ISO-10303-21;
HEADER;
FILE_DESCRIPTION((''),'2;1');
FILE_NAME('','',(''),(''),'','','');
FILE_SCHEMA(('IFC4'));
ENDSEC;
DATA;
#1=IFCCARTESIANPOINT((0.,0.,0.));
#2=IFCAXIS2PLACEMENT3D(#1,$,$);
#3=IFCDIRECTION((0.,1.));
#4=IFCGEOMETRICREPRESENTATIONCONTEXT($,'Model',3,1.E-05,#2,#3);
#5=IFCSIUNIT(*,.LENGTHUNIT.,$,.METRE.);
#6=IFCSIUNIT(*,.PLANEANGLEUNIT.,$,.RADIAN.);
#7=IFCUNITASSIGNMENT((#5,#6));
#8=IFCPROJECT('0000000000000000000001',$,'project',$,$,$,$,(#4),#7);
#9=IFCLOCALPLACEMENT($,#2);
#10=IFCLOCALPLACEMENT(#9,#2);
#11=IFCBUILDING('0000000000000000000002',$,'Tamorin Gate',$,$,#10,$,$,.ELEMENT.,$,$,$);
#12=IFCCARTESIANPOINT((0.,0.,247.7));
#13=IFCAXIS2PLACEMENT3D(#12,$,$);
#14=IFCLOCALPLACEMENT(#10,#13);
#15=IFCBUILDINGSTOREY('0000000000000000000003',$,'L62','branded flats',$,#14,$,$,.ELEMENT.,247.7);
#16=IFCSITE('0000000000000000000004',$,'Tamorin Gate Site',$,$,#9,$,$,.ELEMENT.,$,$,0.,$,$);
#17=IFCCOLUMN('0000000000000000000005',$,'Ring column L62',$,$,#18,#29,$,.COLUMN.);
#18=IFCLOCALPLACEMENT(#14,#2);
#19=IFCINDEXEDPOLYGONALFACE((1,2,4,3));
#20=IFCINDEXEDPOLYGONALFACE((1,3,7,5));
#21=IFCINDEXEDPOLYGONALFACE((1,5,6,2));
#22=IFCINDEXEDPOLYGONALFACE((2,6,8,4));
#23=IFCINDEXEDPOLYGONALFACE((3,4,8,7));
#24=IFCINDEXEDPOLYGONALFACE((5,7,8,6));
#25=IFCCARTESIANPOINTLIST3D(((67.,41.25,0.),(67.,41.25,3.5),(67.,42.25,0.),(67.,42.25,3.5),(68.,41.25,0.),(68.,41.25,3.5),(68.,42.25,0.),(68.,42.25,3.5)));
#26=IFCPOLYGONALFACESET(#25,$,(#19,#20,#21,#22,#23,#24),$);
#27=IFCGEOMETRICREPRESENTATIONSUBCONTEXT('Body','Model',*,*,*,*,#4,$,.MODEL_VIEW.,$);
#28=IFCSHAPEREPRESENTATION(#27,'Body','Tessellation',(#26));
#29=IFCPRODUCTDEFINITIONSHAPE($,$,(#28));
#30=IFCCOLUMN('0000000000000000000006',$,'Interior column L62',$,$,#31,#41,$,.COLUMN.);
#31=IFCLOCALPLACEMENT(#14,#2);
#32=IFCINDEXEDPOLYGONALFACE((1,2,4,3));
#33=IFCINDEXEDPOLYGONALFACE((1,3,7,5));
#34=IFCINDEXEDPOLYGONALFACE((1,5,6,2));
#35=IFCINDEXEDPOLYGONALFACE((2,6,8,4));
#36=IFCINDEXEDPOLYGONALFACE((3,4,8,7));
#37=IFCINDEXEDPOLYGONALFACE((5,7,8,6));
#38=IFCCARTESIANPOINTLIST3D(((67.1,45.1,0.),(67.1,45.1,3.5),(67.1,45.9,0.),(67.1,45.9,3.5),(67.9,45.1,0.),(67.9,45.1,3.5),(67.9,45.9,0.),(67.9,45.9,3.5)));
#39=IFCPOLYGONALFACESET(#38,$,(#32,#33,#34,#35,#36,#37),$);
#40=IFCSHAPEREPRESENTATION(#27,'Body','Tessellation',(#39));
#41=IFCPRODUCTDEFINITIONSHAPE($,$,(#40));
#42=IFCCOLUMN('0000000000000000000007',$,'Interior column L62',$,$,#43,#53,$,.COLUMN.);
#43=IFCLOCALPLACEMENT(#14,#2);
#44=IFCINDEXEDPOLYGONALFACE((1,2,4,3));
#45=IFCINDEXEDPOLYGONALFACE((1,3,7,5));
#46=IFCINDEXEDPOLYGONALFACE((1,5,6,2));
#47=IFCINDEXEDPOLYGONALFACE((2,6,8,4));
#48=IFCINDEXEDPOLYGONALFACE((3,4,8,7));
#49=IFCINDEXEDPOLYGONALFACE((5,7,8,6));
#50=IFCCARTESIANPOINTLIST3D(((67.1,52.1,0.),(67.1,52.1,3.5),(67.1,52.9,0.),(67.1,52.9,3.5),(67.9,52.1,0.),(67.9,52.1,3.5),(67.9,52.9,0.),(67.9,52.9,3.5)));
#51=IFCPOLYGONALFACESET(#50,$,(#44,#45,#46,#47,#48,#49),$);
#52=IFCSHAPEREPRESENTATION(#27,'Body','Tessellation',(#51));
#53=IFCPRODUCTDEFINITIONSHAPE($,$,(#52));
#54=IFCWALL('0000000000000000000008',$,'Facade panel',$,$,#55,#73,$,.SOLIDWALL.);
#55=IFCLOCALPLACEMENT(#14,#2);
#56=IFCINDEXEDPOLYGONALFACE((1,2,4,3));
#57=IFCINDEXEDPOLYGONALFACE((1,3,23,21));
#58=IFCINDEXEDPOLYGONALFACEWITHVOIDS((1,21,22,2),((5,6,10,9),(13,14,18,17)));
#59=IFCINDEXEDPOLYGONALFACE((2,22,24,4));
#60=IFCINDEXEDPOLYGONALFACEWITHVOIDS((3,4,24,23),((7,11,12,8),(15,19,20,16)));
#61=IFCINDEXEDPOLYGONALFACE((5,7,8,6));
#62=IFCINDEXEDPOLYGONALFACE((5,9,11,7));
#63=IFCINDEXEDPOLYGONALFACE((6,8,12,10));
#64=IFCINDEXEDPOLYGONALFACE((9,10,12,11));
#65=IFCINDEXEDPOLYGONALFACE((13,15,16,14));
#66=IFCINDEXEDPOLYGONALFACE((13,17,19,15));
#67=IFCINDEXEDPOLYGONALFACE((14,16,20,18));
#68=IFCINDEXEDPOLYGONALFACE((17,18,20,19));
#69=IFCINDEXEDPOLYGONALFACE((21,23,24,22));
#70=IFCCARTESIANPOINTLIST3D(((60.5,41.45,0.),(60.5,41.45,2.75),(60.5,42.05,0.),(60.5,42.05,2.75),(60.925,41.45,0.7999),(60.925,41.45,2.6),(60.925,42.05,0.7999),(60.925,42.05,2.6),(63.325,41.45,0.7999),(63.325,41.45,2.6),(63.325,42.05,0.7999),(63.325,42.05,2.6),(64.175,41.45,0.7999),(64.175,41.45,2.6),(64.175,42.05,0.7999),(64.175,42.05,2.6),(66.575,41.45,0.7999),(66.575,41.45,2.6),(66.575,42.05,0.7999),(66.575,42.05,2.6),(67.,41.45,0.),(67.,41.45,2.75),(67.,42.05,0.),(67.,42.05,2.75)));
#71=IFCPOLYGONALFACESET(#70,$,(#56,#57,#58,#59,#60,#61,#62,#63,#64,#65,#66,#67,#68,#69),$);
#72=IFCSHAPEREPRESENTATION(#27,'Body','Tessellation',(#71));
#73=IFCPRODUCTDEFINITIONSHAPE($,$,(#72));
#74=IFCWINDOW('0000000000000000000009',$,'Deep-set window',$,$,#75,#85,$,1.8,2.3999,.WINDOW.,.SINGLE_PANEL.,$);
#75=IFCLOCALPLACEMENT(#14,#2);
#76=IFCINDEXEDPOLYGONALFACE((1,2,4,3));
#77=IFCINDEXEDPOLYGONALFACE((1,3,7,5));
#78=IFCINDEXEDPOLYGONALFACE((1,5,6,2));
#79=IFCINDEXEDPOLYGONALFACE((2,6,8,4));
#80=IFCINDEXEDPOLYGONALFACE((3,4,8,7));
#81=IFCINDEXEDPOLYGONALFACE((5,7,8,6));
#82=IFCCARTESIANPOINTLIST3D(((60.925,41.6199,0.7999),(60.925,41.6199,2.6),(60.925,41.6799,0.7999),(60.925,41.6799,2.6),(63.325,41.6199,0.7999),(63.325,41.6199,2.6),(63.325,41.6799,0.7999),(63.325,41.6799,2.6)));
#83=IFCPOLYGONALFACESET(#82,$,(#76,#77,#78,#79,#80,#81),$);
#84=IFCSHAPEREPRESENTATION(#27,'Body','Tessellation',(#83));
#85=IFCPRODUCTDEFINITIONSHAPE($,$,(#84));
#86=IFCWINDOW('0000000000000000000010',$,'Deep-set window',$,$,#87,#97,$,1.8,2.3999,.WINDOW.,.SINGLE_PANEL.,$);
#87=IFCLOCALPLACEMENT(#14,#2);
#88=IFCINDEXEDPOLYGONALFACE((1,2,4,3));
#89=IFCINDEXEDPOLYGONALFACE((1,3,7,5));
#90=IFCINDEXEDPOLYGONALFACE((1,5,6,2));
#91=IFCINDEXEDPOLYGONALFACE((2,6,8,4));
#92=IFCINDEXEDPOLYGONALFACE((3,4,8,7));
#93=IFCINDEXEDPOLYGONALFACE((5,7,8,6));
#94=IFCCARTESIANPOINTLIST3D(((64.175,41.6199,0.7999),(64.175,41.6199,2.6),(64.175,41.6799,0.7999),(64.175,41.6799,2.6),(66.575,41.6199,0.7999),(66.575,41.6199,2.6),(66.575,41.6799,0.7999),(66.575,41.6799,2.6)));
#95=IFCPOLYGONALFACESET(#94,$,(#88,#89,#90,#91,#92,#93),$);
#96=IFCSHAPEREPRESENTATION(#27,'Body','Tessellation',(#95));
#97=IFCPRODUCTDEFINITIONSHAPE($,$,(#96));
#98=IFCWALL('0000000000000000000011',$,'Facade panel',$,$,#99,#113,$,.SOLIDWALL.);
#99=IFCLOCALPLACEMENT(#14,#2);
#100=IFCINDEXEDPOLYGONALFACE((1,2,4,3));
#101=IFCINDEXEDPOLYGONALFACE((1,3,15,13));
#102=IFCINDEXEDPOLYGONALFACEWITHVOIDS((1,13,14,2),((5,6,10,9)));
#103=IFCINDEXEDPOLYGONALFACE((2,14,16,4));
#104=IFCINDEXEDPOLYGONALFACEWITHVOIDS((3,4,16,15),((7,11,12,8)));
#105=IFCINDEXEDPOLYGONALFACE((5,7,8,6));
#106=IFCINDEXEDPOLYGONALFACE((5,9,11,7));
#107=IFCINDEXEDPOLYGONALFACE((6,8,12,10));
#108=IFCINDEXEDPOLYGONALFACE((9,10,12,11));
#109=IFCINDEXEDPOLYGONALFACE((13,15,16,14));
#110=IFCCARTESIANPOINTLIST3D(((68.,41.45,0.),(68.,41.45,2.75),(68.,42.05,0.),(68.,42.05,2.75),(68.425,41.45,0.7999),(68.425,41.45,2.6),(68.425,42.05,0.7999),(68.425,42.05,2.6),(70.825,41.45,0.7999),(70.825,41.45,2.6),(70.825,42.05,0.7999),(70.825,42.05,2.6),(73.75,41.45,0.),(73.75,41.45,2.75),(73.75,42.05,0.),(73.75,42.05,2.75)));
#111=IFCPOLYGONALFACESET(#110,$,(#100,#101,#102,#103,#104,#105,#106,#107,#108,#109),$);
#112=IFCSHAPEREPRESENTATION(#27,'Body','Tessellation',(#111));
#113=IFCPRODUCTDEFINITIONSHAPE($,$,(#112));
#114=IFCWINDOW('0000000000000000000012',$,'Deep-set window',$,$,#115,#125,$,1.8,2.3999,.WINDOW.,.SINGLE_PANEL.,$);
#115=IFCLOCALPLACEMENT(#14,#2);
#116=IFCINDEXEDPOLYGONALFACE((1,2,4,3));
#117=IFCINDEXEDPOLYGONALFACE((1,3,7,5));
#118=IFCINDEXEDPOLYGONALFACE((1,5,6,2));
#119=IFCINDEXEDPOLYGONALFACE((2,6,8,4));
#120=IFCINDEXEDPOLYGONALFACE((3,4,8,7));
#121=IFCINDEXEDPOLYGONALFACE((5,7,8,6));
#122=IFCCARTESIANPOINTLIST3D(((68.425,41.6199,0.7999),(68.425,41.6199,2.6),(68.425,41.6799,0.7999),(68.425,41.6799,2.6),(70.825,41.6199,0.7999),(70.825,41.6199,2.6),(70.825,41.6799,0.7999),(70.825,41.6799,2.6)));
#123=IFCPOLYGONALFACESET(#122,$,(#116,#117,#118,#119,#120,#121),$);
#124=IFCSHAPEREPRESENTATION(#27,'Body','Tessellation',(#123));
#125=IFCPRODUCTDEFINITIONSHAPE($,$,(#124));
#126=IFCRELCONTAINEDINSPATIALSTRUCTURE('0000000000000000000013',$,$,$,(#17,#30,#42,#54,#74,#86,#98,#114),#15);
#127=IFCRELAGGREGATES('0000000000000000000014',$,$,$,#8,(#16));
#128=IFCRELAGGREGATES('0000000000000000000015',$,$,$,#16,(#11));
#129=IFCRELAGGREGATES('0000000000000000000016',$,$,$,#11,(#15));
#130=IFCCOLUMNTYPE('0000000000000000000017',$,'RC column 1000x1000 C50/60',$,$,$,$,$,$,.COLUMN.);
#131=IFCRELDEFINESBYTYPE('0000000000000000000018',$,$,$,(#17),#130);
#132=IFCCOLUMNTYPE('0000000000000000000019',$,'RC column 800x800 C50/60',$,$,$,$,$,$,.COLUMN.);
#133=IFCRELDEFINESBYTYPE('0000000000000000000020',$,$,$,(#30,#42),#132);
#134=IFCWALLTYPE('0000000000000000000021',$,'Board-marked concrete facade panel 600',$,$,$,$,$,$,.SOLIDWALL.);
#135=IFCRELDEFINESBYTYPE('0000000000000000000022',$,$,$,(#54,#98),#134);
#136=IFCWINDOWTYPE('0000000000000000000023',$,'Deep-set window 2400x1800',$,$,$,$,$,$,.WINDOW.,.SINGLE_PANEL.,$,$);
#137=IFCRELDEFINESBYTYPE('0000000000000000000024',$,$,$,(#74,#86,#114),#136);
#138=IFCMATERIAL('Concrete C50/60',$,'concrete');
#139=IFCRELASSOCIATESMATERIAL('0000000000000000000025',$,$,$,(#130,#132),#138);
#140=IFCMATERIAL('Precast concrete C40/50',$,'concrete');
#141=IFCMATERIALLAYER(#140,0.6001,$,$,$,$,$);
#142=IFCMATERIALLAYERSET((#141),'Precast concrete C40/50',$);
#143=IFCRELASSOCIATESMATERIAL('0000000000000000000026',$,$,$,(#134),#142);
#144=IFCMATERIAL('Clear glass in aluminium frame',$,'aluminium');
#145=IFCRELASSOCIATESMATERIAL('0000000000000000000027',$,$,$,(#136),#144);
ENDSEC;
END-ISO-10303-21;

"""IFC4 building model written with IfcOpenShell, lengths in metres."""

from ifc_helpers import new_model, si_unit, direction, frame, frame_2d, origin, origin_2d, place, context, subcontext, project, spatial, rectangle, extrude, material, layer, layer_set, material_profile, profile_set, type_object, element, fill, save


model = new_model("IFC4")

# Units and contexts
model_context = context("Model", 3, precision=1e-05, world=origin(), true_north=direction((0.0, 1.0)))
body_context = subcontext(model_context, "Body", "Model", "MODEL_VIEW")
ifc_project = project(units=[si_unit("LENGTHUNIT", "METRE"), si_unit("PLANEANGLEUNIT", "RADIAN")], contexts=[model_context])

# Site, building, storey
site_placement = place(None, origin())
site = spatial("IfcSite", under=ifc_project, at=site_placement, Name="Tamorin Gate Site", CompositionType="ELEMENT", RefElevation=0.0)
building_placement = place(site_placement, origin())
building = spatial("IfcBuilding", under=site, at=building_placement, Name="Tamorin Gate", CompositionType="ELEMENT")
storey_placement = place(building_placement, frame((0.0, 0.0, 247.7)))
storey = spatial("IfcBuildingStorey", under=building, at=storey_placement, Name="L62", Description="branded flats", CompositionType="ELEMENT", Elevation=247.7)

# Columns
ifc_material_1 = material(Name="Concrete C50/60", Category="concrete")
ifc_material_profile_1 = material_profile(ifc_material_1, rectangle(XDim=1.0, YDim=1.0, at=origin_2d()), Name="RC 1000x1000")
ifc_profile_set_1 = profile_set([ifc_material_profile_1], Name="Concrete C50/60")
column_type_1 = type_object("IfcColumnType", Name="RC column 1000x1000 C50/60", PredefinedType="COLUMN", material=ifc_profile_set_1)
column_placement = place(storey_placement, frame((67.5, 41.75, 0.0), z_axis=(0.0, 0.0, 1.0), x_axis=(1.0, 0.0, 0.0)))
element("IfcColumn", 1, at=column_placement, inside=storey, type_object=column_type_1, Name="Ring column L62", PredefinedType="COLUMN", context=body_context, shape_type="SweptSolid", body=[
    extrude(rectangle(XDim=1.0, YDim=1.0, at=origin_2d()), origin(), (0.0, 0.0, 1.0), 3.5),
])
ifc_material_profile_2 = material_profile(ifc_material_1, rectangle(XDim=0.8, YDim=0.8, at=origin_2d()), Name="RC 800x800")
ifc_profile_set_2 = profile_set([ifc_material_profile_2], Name="Concrete C50/60")
column_type_2 = type_object("IfcColumnType", Name="RC column 800x800 C50/60", PredefinedType="COLUMN", material=ifc_profile_set_2)
for number, where, z_axis, x_axis, name in (
    (2, (67.5, 45.5, 0.0), (0.0, 0.0, 1.0), (1.0, 0.0, 0.0), "Interior column L62"),
    (3, (67.5, 52.5, 0.0), (0.0, 0.0, 1.0), (1.0, 0.0, 0.0), "Interior column L62"),
):
    element("IfcColumn", number, at=place(storey_placement, frame(where, z_axis=z_axis, x_axis=x_axis)), inside=storey, type_object=column_type_2, Name=name, PredefinedType="COLUMN", context=body_context, shape_type="SweptSolid", body=[
        extrude(rectangle(XDim=0.8, YDim=0.8, at=origin_2d()), origin(), (0.0, 0.0, 1.0), 3.5),
    ])

# Wall, openings, windows
ifc_material_2 = material(Name="Precast concrete C40/50", Category="concrete")
ifc_layer_1 = layer(ifc_material_2, 0.6001)
ifc_layer_set_1 = layer_set([ifc_layer_1], Name="Precast concrete C40/50")
wall_type_1 = type_object("IfcWallType", Name="Board-marked concrete facade panel 600", PredefinedType="SOLIDWALL", material=ifc_layer_set_1)
wall_1_placement = place(storey_placement, frame((60.5, 41.75, 0.0), z_axis=(0.0, 0.0, 1.0), x_axis=(1.0, 0.0, 0.0)))
wall_1 = element("IfcWall", 4, at=wall_1_placement, inside=storey, type_object=wall_type_1, Name="Facade panel", PredefinedType="SOLIDWALL", context=body_context, shape_type="SweptSolid", body=[
    extrude(rectangle(XDim=6.5, YDim=0.6001, at=frame_2d((3.25, 0.0))), origin(), (0.0, 0.0, 1.0), 2.75),
])
opening_1_placement = place(wall_1_placement, frame((0.425, 0.0, 0.8)))
opening_1 = element("IfcOpeningElement", 5, at=opening_1_placement, cuts=wall_1, PredefinedType="OPENING", context=body_context, shape_type="SweptSolid", body=[
    extrude(rectangle(XDim=2.3999, YDim=1.8, at=frame_2d((1.2, 0.8999))), frame((0.0, 0.3101, 0.0), z_axis=(0.0, -1.0, 0.0), x_axis=(1.0, 0.0, 0.0)), (0.0, 0.0, 1.0), 0.6201),
])
opening_2_placement = place(wall_1_placement, frame((3.675, 0.0, 0.8)))
opening_2 = element("IfcOpeningElement", 6, at=opening_2_placement, cuts=wall_1, PredefinedType="OPENING", context=body_context, shape_type="SweptSolid", body=[
    extrude(rectangle(XDim=2.3999, YDim=1.8, at=frame_2d((1.2, 0.8999))), frame((0.0, 0.3101, 0.0), z_axis=(0.0, -1.0, 0.0), x_axis=(1.0, 0.0, 0.0)), (0.0, 0.0, 1.0), 0.6201),
])
ifc_material_3 = material(Name="Clear glass in aluminium frame", Category="aluminium")
window_type = type_object("IfcWindowType", Name="Deep-set window 2400x1800", PartitioningType="SINGLE_PANEL", PredefinedType="WINDOW", material=ifc_material_3)
window_1_placement = place(opening_1_placement, origin())
window_1 = element("IfcWindow", 7, at=window_1_placement, inside=storey, type_object=window_type, Name="Deep-set window", OverallHeight=1.8, OverallWidth=2.3999, PartitioningType="SINGLE_PANEL", PredefinedType="WINDOW", context=body_context, shape_type="SweptSolid", body=[
    extrude(rectangle(XDim=2.3999, YDim=1.8, at=frame_2d((1.2, 0.8999))), frame((0.0, -0.0701, 0.0), z_axis=(0.0, -1.0, 0.0), x_axis=(1.0, 0.0, 0.0)), (0.0, 0.0, 1.0), 0.0601),
])
fill(opening_1, window_1)
window_2_placement = place(opening_2_placement, origin())
window_2 = element("IfcWindow", 8, at=window_2_placement, inside=storey, type_object=window_type, Name="Deep-set window", OverallHeight=1.8, OverallWidth=2.3999, PartitioningType="SINGLE_PANEL", PredefinedType="WINDOW", context=body_context, shape_type="SweptSolid", body=[
    extrude(rectangle(XDim=2.3999, YDim=1.8, at=frame_2d((1.2, 0.8999))), frame((0.0, -0.0701, 0.0), z_axis=(0.0, -1.0, 0.0), x_axis=(1.0, 0.0, 0.0)), (0.0, 0.0, 1.0), 0.0601),
])
fill(opening_2, window_2)

# Wall, opening, window
wall_2_placement = place(storey_placement, frame((68.0, 41.75, 0.0), z_axis=(0.0, 0.0, 1.0), x_axis=(1.0, 0.0, 0.0)))
wall_2 = element("IfcWall", 9, at=wall_2_placement, inside=storey, type_object=wall_type_1, Name="Facade panel", PredefinedType="SOLIDWALL", context=body_context, shape_type="SweptSolid", body=[
    extrude(rectangle(XDim=5.75, YDim=0.6001, at=frame_2d((2.875, 0.0))), origin(), (0.0, 0.0, 1.0), 2.75),
])
opening_3_placement = place(wall_2_placement, frame((0.425, 0.0, 0.8)))
opening_3 = element("IfcOpeningElement", 10, at=opening_3_placement, cuts=wall_2, PredefinedType="OPENING", context=body_context, shape_type="SweptSolid", body=[
    extrude(rectangle(XDim=2.3999, YDim=1.8, at=frame_2d((1.2, 0.8999))), frame((0.0, 0.3101, 0.0), z_axis=(0.0, -1.0, 0.0), x_axis=(1.0, 0.0, 0.0)), (0.0, 0.0, 1.0), 0.6201),
])
window_3_placement = place(opening_3_placement, origin())
window_3 = element("IfcWindow", 11, at=window_3_placement, inside=storey, type_object=window_type, Name="Deep-set window", OverallHeight=1.8, OverallWidth=2.3999, PartitioningType="SINGLE_PANEL", PredefinedType="WINDOW", context=body_context, shape_type="SweptSolid", body=[
    extrude(rectangle(XDim=2.3999, YDim=1.8, at=frame_2d((1.2, 0.8999))), frame((0.0, -0.0701, 0.0), z_axis=(0.0, -1.0, 0.0), x_axis=(1.0, 0.0, 0.0)), (0.0, 0.0, 1.0), 0.0601),
])
fill(opening_3, window_3)

save(model, "model.ifc")
